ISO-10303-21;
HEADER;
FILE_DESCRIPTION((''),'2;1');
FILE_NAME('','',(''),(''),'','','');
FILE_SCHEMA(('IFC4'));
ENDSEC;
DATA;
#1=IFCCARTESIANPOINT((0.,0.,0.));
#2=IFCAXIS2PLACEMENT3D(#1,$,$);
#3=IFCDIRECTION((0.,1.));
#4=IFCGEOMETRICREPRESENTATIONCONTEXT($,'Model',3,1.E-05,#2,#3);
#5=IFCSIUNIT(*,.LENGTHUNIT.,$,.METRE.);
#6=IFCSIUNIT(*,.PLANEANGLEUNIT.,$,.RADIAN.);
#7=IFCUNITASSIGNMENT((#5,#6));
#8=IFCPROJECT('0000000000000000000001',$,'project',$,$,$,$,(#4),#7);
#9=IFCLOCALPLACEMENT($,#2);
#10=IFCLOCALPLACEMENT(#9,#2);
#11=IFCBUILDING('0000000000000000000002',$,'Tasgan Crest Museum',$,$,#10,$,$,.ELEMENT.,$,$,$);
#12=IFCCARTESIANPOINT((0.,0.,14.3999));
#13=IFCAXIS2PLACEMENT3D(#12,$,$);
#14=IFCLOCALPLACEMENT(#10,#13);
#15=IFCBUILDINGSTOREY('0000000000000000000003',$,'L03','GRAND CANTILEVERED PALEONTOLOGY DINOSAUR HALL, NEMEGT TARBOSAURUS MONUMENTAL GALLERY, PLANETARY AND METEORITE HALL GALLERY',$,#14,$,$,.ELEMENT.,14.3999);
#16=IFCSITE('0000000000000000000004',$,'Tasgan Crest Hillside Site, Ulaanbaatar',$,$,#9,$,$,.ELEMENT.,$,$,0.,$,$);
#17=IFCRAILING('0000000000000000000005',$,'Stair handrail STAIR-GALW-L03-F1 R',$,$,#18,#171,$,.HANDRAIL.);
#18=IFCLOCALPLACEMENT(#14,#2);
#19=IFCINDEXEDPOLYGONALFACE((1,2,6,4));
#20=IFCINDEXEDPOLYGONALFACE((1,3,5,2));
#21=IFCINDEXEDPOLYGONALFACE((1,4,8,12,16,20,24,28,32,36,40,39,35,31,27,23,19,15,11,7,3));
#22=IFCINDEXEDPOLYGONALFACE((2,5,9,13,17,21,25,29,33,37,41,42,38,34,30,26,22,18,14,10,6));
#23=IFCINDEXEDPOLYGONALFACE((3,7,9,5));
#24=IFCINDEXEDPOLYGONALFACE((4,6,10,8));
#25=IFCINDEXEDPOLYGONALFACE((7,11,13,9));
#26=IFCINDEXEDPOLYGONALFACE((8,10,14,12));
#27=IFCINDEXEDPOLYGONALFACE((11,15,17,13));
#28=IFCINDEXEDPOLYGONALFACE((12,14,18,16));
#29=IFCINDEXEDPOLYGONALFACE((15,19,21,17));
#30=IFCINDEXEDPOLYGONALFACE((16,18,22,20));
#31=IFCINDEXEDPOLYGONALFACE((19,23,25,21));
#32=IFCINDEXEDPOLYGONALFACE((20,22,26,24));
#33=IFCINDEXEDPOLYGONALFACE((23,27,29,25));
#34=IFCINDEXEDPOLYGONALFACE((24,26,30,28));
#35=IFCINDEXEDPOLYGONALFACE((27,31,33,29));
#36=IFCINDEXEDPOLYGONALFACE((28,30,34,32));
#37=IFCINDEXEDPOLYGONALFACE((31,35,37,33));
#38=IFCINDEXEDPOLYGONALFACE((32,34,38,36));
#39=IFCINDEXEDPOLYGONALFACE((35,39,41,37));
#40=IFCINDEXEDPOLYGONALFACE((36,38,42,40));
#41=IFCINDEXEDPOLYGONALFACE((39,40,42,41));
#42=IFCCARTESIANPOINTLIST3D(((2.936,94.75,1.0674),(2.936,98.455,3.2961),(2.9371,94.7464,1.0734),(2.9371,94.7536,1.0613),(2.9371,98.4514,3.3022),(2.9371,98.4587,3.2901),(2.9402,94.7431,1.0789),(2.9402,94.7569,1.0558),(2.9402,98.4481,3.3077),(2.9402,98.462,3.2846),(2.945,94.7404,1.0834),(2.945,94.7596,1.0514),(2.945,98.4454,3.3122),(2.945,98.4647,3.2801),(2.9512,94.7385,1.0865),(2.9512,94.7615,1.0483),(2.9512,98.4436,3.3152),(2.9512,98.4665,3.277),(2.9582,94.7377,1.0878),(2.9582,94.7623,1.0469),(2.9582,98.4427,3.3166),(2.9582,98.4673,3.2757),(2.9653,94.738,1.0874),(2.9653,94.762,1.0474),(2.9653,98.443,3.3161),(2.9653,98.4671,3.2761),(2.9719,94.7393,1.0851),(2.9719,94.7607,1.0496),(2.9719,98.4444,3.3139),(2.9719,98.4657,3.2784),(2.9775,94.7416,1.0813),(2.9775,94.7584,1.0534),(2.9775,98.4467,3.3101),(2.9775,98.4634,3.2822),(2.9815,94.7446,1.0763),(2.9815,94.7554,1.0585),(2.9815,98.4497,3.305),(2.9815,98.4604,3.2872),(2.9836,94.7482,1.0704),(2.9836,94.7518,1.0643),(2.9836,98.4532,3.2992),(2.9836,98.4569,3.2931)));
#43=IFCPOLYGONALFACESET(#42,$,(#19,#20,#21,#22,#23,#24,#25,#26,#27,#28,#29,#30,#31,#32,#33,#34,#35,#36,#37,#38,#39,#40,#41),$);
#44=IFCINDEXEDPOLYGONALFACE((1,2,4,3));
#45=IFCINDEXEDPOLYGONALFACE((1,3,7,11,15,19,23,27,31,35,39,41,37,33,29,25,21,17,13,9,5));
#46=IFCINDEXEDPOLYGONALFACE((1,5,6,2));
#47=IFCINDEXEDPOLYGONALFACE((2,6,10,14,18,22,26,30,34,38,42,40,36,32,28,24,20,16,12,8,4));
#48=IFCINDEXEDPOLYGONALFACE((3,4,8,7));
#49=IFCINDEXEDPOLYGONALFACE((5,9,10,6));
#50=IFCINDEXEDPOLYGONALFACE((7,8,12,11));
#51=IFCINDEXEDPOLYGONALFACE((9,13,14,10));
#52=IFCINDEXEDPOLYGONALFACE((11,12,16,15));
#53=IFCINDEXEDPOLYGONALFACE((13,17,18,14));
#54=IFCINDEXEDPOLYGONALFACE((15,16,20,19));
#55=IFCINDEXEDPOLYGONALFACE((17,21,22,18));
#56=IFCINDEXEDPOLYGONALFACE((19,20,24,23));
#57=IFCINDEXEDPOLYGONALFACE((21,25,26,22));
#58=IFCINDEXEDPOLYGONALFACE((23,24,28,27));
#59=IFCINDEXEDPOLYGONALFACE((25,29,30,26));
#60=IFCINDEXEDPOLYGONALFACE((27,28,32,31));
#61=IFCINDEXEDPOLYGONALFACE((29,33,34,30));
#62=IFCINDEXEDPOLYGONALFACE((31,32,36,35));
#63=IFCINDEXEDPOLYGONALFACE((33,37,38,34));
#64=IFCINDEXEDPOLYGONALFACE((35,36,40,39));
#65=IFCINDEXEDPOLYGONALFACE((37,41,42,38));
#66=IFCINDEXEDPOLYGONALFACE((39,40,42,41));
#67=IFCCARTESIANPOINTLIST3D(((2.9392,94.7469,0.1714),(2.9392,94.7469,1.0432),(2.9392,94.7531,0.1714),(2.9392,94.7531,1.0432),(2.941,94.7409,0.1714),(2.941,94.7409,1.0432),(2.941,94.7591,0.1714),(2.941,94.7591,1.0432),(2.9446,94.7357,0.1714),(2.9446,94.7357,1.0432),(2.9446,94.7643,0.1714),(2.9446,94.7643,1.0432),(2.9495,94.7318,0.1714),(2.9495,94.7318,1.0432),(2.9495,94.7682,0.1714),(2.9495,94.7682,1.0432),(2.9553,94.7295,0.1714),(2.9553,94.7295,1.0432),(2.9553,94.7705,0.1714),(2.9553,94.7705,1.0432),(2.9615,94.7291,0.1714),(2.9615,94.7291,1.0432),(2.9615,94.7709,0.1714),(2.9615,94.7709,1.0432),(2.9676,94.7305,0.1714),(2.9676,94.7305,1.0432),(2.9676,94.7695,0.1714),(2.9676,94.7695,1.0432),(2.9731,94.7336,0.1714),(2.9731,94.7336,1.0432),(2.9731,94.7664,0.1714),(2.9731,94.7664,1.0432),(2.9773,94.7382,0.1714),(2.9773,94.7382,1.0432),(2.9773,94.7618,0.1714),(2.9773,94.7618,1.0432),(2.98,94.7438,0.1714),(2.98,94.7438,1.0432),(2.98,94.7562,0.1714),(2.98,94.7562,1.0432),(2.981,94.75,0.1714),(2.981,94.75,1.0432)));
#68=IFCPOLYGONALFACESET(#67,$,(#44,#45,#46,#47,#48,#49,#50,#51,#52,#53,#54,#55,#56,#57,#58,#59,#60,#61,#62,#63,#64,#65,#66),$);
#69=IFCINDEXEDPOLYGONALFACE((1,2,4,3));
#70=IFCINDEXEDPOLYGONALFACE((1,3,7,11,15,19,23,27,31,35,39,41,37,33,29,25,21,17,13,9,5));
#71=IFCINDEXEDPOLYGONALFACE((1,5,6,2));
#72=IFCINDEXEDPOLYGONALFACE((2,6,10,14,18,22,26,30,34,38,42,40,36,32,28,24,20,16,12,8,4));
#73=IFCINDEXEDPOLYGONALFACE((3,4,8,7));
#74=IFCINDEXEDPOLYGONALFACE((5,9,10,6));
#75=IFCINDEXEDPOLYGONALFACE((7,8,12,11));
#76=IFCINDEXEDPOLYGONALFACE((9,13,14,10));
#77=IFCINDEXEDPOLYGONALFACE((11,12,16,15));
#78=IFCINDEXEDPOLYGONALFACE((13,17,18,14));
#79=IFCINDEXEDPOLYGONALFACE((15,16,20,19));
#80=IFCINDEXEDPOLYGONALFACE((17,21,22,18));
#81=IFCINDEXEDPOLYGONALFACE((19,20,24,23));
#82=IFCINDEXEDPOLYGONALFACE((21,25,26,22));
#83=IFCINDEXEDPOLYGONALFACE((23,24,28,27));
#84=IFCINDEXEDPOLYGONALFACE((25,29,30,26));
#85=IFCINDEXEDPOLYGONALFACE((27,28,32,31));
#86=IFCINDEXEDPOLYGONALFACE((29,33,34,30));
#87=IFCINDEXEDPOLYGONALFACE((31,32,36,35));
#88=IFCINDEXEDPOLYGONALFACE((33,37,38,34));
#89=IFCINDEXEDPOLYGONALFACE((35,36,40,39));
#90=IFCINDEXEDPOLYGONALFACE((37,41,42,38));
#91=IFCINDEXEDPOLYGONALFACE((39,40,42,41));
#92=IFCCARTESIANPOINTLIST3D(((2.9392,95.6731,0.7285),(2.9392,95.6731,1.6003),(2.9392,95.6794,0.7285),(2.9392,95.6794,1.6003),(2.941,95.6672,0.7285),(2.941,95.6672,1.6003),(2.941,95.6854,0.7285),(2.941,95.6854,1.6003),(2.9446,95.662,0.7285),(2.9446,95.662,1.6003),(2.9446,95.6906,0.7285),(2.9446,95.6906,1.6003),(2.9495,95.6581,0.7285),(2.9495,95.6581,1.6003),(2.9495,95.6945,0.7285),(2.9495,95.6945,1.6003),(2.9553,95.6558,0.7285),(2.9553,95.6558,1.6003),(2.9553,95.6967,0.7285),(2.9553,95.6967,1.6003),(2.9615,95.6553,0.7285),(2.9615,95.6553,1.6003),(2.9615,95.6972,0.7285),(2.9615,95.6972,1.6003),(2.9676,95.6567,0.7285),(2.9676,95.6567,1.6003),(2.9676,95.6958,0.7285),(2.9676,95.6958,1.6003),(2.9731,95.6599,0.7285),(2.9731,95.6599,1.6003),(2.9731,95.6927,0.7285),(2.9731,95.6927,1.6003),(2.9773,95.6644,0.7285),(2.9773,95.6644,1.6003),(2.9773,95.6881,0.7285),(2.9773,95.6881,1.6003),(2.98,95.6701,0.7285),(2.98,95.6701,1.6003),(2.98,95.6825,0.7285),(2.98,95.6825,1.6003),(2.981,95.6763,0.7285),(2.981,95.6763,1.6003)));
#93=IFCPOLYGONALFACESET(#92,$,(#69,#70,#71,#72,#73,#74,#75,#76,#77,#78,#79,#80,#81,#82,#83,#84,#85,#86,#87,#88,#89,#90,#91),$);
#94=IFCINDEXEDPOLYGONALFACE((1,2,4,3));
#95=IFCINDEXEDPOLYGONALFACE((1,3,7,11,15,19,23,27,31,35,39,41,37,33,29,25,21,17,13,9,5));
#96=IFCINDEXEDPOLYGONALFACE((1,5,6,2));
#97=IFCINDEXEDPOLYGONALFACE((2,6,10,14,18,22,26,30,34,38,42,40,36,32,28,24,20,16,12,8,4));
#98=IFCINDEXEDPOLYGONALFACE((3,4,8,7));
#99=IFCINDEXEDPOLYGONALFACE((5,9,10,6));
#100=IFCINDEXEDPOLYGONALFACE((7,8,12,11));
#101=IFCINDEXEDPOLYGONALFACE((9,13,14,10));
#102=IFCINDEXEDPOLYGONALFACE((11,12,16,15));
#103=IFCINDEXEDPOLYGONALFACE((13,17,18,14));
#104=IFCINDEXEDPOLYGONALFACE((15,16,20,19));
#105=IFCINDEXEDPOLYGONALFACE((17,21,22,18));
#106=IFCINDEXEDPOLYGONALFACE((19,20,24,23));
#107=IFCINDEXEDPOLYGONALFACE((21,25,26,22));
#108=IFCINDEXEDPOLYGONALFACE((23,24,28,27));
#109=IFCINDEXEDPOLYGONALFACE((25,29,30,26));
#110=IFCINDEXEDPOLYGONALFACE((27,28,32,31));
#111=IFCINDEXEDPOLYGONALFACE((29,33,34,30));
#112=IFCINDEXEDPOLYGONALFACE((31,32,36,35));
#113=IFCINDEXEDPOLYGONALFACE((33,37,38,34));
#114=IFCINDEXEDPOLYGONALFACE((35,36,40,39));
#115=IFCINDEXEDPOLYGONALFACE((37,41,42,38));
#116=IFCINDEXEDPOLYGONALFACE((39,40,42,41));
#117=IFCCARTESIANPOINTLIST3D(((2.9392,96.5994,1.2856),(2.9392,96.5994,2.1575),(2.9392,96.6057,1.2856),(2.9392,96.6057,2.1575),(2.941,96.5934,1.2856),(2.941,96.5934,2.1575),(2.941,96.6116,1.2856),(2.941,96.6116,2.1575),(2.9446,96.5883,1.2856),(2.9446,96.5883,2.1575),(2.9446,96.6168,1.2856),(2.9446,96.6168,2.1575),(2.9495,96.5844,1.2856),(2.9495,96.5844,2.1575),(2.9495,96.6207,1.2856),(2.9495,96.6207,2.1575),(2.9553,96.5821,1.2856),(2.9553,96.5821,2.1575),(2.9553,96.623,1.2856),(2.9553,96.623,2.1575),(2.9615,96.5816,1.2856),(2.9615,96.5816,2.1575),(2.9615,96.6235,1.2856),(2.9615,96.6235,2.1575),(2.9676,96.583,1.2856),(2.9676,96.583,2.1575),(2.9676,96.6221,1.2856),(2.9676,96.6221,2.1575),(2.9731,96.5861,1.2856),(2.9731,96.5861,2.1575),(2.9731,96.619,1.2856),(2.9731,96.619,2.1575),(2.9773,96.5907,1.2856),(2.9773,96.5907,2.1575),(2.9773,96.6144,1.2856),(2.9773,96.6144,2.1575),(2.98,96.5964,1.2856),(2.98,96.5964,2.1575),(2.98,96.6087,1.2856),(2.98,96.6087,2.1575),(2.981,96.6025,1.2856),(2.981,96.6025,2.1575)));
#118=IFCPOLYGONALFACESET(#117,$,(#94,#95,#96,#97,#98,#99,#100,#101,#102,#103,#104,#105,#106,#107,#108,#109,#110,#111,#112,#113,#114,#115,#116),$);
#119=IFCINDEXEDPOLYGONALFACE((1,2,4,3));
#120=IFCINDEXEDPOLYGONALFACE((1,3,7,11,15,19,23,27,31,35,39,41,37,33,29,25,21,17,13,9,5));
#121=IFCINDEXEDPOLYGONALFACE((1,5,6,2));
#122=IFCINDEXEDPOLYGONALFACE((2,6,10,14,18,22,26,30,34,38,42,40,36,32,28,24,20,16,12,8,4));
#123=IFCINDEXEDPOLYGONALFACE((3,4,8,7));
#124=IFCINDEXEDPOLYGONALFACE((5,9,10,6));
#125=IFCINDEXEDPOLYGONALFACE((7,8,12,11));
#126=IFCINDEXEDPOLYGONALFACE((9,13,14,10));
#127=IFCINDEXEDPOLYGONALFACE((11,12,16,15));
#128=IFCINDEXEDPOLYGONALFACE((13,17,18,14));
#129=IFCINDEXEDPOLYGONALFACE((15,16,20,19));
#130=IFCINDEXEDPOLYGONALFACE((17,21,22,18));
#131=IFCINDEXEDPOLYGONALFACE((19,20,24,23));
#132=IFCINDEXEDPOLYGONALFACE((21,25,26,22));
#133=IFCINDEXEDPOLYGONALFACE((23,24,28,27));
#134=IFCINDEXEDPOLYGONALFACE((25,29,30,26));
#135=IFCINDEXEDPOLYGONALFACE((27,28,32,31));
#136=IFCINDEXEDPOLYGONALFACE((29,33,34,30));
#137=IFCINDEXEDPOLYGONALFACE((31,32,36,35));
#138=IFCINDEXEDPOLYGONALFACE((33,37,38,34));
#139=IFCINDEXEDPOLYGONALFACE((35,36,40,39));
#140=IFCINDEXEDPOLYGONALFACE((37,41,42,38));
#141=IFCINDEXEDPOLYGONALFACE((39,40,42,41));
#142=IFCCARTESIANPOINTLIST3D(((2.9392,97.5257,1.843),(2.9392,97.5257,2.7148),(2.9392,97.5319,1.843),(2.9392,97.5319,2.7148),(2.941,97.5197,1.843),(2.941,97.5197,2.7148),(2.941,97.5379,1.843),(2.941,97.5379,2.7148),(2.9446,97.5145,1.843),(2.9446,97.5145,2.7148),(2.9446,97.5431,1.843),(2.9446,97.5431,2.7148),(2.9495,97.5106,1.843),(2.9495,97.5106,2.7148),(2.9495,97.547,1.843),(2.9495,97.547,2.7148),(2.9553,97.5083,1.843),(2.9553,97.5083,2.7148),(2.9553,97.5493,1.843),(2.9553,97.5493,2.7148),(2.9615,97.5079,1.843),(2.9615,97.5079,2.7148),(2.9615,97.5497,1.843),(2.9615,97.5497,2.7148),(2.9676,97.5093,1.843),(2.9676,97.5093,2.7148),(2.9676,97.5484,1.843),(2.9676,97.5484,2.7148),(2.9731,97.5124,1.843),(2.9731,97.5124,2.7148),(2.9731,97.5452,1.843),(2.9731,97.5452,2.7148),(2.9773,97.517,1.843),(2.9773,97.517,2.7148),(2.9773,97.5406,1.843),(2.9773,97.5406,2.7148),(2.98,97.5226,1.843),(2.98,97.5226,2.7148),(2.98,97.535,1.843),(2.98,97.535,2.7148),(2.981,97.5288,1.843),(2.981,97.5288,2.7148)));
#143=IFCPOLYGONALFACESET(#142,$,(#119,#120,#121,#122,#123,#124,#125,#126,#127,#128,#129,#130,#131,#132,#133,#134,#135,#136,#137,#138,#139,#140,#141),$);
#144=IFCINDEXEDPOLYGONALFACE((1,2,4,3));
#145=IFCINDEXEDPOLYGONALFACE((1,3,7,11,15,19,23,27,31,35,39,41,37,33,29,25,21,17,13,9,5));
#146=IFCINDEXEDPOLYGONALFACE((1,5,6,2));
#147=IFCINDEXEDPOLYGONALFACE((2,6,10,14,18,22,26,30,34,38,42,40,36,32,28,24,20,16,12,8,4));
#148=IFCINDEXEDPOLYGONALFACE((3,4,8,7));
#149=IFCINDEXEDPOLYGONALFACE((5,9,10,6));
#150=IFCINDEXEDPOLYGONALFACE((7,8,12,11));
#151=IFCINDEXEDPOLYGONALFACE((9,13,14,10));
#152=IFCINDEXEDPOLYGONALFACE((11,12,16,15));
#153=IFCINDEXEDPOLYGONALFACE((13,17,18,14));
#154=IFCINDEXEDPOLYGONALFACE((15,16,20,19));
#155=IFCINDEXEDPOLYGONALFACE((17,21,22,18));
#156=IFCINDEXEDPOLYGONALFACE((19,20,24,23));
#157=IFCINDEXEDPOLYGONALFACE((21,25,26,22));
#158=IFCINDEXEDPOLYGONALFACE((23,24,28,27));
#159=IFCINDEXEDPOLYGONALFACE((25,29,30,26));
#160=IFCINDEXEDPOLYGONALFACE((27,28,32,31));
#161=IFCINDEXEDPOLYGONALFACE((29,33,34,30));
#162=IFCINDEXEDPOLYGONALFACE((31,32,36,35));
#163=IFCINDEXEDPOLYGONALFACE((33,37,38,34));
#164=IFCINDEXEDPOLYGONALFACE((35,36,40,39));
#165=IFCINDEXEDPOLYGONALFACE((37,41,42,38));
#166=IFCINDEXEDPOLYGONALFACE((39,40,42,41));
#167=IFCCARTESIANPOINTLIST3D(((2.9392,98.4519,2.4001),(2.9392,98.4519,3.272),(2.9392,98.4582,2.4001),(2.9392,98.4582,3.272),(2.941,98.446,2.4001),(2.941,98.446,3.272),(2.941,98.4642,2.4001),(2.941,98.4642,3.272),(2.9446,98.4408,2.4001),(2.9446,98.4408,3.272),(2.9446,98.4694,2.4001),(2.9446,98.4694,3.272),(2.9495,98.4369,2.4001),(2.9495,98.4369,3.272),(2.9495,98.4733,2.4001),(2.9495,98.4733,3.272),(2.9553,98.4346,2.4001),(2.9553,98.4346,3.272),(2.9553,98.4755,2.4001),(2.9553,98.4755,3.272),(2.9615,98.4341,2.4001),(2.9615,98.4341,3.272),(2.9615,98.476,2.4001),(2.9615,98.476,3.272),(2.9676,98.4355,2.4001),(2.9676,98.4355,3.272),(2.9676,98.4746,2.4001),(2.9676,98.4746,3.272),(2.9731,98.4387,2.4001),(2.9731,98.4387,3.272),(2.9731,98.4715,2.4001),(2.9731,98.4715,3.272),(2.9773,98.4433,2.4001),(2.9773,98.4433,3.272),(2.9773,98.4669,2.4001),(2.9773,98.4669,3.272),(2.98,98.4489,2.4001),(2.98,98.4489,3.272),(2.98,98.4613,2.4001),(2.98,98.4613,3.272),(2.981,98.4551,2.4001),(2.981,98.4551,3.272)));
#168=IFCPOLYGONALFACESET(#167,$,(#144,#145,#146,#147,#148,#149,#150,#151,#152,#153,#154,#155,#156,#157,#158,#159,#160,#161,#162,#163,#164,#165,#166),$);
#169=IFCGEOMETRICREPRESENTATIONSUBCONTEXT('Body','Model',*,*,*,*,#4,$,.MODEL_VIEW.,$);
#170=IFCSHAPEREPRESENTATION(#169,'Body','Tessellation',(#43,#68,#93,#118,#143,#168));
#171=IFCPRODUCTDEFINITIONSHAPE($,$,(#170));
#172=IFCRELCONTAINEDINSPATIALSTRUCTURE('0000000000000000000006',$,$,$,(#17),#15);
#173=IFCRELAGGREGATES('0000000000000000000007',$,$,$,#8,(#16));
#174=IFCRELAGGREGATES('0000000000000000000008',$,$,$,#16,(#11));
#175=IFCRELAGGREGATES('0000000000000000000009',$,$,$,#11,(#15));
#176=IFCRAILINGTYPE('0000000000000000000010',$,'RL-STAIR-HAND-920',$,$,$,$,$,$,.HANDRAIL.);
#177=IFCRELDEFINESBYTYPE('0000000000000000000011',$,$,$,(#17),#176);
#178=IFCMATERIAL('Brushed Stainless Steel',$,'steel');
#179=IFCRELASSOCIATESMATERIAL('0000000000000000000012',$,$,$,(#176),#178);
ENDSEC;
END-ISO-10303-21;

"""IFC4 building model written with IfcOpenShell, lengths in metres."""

from ifc_helpers import new_model, si_unit, direction, frame, origin, origin_2d, place, context, subcontext, project, spatial, circle, extrude, material, type_object, element, save


model = new_model("IFC4")

# Units and contexts
model_context = context("Model", 3, precision=1e-05, world=origin(), true_north=direction((0.0, 1.0)))
body_context = subcontext(model_context, "Body", "Model", "MODEL_VIEW")
ifc_project = project(units=[si_unit("LENGTHUNIT", "METRE"), si_unit("PLANEANGLEUNIT", "RADIAN")], contexts=[model_context])

# Site, building, storey
site_placement = place(None, origin())
site = spatial("IfcSite", under=ifc_project, at=site_placement, Name="Tasgan Crest Hillside Site, Ulaanbaatar", CompositionType="ELEMENT", RefElevation=0.0)
building_placement = place(site_placement, origin())
building = spatial("IfcBuilding", under=site, at=building_placement, Name="Tasgan Crest Museum", CompositionType="ELEMENT")
storey_placement = place(building_placement, frame((0.0, 0.0, 14.3999)))
storey = spatial("IfcBuildingStorey", under=building, at=storey_placement, Name="L03", Description="GRAND CANTILEVERED PALEONTOLOGY DINOSAUR HALL, NEMEGT TARBOSAURUS MONUMENTAL GALLERY, PLANETARY AND METEORITE HALL GALLERY", CompositionType="ELEMENT", Elevation=14.3999)

# Railing
ifc_material_1 = material(Name="Brushed Stainless Steel", Category="steel")
railing_type_1 = type_object("IfcRailingType", Name="RL-STAIR-HAND-920", PredefinedType="HANDRAIL", material=ifc_material_1)
for number, where, name in (
    (1, (2.96, 94.75, 0.1714), "Stair handrail STAIR-GALW-L03-F1 R"),
):
    element("IfcRailing", number, at=place(storey_placement, frame(where)), inside=storey, type_object=railing_type_1, Name=name, PredefinedType="HANDRAIL", context=body_context, shape_type="SweptSolid", body=[
        extrude(circle(Radius=0.0239, at=origin_2d()), frame((0.0, 0.0, 0.896), z_axis=(0.0, 0.856909, 0.515467), x_axis=(-1.0, 0.0, 0.0)), (0.0, 0.0, 1.0), 4.3237),
        extrude(circle(Radius=0.021, at=origin_2d()), origin(), (0.0, 0.0, 1.0), 0.8718),
        extrude(circle(Radius=0.021, at=origin_2d()), frame((0.0, 0.9263, 0.5571)), (0.0, 0.0, 1.0), 0.8718),
        extrude(circle(Radius=0.021, at=origin_2d()), frame((0.0, 1.8525, 1.1143)), (0.0, 0.0, 1.0), 0.8718),
        extrude(circle(Radius=0.021, at=origin_2d()), frame((0.0, 2.7788, 1.6716)), (0.0, 0.0, 1.0), 0.8718),
        extrude(circle(Radius=0.021, at=origin_2d()), frame((0.0, 3.7051, 2.2288)), (0.0, 0.0, 1.0), 0.8718),
    ])

save(model, "model.ifc")
